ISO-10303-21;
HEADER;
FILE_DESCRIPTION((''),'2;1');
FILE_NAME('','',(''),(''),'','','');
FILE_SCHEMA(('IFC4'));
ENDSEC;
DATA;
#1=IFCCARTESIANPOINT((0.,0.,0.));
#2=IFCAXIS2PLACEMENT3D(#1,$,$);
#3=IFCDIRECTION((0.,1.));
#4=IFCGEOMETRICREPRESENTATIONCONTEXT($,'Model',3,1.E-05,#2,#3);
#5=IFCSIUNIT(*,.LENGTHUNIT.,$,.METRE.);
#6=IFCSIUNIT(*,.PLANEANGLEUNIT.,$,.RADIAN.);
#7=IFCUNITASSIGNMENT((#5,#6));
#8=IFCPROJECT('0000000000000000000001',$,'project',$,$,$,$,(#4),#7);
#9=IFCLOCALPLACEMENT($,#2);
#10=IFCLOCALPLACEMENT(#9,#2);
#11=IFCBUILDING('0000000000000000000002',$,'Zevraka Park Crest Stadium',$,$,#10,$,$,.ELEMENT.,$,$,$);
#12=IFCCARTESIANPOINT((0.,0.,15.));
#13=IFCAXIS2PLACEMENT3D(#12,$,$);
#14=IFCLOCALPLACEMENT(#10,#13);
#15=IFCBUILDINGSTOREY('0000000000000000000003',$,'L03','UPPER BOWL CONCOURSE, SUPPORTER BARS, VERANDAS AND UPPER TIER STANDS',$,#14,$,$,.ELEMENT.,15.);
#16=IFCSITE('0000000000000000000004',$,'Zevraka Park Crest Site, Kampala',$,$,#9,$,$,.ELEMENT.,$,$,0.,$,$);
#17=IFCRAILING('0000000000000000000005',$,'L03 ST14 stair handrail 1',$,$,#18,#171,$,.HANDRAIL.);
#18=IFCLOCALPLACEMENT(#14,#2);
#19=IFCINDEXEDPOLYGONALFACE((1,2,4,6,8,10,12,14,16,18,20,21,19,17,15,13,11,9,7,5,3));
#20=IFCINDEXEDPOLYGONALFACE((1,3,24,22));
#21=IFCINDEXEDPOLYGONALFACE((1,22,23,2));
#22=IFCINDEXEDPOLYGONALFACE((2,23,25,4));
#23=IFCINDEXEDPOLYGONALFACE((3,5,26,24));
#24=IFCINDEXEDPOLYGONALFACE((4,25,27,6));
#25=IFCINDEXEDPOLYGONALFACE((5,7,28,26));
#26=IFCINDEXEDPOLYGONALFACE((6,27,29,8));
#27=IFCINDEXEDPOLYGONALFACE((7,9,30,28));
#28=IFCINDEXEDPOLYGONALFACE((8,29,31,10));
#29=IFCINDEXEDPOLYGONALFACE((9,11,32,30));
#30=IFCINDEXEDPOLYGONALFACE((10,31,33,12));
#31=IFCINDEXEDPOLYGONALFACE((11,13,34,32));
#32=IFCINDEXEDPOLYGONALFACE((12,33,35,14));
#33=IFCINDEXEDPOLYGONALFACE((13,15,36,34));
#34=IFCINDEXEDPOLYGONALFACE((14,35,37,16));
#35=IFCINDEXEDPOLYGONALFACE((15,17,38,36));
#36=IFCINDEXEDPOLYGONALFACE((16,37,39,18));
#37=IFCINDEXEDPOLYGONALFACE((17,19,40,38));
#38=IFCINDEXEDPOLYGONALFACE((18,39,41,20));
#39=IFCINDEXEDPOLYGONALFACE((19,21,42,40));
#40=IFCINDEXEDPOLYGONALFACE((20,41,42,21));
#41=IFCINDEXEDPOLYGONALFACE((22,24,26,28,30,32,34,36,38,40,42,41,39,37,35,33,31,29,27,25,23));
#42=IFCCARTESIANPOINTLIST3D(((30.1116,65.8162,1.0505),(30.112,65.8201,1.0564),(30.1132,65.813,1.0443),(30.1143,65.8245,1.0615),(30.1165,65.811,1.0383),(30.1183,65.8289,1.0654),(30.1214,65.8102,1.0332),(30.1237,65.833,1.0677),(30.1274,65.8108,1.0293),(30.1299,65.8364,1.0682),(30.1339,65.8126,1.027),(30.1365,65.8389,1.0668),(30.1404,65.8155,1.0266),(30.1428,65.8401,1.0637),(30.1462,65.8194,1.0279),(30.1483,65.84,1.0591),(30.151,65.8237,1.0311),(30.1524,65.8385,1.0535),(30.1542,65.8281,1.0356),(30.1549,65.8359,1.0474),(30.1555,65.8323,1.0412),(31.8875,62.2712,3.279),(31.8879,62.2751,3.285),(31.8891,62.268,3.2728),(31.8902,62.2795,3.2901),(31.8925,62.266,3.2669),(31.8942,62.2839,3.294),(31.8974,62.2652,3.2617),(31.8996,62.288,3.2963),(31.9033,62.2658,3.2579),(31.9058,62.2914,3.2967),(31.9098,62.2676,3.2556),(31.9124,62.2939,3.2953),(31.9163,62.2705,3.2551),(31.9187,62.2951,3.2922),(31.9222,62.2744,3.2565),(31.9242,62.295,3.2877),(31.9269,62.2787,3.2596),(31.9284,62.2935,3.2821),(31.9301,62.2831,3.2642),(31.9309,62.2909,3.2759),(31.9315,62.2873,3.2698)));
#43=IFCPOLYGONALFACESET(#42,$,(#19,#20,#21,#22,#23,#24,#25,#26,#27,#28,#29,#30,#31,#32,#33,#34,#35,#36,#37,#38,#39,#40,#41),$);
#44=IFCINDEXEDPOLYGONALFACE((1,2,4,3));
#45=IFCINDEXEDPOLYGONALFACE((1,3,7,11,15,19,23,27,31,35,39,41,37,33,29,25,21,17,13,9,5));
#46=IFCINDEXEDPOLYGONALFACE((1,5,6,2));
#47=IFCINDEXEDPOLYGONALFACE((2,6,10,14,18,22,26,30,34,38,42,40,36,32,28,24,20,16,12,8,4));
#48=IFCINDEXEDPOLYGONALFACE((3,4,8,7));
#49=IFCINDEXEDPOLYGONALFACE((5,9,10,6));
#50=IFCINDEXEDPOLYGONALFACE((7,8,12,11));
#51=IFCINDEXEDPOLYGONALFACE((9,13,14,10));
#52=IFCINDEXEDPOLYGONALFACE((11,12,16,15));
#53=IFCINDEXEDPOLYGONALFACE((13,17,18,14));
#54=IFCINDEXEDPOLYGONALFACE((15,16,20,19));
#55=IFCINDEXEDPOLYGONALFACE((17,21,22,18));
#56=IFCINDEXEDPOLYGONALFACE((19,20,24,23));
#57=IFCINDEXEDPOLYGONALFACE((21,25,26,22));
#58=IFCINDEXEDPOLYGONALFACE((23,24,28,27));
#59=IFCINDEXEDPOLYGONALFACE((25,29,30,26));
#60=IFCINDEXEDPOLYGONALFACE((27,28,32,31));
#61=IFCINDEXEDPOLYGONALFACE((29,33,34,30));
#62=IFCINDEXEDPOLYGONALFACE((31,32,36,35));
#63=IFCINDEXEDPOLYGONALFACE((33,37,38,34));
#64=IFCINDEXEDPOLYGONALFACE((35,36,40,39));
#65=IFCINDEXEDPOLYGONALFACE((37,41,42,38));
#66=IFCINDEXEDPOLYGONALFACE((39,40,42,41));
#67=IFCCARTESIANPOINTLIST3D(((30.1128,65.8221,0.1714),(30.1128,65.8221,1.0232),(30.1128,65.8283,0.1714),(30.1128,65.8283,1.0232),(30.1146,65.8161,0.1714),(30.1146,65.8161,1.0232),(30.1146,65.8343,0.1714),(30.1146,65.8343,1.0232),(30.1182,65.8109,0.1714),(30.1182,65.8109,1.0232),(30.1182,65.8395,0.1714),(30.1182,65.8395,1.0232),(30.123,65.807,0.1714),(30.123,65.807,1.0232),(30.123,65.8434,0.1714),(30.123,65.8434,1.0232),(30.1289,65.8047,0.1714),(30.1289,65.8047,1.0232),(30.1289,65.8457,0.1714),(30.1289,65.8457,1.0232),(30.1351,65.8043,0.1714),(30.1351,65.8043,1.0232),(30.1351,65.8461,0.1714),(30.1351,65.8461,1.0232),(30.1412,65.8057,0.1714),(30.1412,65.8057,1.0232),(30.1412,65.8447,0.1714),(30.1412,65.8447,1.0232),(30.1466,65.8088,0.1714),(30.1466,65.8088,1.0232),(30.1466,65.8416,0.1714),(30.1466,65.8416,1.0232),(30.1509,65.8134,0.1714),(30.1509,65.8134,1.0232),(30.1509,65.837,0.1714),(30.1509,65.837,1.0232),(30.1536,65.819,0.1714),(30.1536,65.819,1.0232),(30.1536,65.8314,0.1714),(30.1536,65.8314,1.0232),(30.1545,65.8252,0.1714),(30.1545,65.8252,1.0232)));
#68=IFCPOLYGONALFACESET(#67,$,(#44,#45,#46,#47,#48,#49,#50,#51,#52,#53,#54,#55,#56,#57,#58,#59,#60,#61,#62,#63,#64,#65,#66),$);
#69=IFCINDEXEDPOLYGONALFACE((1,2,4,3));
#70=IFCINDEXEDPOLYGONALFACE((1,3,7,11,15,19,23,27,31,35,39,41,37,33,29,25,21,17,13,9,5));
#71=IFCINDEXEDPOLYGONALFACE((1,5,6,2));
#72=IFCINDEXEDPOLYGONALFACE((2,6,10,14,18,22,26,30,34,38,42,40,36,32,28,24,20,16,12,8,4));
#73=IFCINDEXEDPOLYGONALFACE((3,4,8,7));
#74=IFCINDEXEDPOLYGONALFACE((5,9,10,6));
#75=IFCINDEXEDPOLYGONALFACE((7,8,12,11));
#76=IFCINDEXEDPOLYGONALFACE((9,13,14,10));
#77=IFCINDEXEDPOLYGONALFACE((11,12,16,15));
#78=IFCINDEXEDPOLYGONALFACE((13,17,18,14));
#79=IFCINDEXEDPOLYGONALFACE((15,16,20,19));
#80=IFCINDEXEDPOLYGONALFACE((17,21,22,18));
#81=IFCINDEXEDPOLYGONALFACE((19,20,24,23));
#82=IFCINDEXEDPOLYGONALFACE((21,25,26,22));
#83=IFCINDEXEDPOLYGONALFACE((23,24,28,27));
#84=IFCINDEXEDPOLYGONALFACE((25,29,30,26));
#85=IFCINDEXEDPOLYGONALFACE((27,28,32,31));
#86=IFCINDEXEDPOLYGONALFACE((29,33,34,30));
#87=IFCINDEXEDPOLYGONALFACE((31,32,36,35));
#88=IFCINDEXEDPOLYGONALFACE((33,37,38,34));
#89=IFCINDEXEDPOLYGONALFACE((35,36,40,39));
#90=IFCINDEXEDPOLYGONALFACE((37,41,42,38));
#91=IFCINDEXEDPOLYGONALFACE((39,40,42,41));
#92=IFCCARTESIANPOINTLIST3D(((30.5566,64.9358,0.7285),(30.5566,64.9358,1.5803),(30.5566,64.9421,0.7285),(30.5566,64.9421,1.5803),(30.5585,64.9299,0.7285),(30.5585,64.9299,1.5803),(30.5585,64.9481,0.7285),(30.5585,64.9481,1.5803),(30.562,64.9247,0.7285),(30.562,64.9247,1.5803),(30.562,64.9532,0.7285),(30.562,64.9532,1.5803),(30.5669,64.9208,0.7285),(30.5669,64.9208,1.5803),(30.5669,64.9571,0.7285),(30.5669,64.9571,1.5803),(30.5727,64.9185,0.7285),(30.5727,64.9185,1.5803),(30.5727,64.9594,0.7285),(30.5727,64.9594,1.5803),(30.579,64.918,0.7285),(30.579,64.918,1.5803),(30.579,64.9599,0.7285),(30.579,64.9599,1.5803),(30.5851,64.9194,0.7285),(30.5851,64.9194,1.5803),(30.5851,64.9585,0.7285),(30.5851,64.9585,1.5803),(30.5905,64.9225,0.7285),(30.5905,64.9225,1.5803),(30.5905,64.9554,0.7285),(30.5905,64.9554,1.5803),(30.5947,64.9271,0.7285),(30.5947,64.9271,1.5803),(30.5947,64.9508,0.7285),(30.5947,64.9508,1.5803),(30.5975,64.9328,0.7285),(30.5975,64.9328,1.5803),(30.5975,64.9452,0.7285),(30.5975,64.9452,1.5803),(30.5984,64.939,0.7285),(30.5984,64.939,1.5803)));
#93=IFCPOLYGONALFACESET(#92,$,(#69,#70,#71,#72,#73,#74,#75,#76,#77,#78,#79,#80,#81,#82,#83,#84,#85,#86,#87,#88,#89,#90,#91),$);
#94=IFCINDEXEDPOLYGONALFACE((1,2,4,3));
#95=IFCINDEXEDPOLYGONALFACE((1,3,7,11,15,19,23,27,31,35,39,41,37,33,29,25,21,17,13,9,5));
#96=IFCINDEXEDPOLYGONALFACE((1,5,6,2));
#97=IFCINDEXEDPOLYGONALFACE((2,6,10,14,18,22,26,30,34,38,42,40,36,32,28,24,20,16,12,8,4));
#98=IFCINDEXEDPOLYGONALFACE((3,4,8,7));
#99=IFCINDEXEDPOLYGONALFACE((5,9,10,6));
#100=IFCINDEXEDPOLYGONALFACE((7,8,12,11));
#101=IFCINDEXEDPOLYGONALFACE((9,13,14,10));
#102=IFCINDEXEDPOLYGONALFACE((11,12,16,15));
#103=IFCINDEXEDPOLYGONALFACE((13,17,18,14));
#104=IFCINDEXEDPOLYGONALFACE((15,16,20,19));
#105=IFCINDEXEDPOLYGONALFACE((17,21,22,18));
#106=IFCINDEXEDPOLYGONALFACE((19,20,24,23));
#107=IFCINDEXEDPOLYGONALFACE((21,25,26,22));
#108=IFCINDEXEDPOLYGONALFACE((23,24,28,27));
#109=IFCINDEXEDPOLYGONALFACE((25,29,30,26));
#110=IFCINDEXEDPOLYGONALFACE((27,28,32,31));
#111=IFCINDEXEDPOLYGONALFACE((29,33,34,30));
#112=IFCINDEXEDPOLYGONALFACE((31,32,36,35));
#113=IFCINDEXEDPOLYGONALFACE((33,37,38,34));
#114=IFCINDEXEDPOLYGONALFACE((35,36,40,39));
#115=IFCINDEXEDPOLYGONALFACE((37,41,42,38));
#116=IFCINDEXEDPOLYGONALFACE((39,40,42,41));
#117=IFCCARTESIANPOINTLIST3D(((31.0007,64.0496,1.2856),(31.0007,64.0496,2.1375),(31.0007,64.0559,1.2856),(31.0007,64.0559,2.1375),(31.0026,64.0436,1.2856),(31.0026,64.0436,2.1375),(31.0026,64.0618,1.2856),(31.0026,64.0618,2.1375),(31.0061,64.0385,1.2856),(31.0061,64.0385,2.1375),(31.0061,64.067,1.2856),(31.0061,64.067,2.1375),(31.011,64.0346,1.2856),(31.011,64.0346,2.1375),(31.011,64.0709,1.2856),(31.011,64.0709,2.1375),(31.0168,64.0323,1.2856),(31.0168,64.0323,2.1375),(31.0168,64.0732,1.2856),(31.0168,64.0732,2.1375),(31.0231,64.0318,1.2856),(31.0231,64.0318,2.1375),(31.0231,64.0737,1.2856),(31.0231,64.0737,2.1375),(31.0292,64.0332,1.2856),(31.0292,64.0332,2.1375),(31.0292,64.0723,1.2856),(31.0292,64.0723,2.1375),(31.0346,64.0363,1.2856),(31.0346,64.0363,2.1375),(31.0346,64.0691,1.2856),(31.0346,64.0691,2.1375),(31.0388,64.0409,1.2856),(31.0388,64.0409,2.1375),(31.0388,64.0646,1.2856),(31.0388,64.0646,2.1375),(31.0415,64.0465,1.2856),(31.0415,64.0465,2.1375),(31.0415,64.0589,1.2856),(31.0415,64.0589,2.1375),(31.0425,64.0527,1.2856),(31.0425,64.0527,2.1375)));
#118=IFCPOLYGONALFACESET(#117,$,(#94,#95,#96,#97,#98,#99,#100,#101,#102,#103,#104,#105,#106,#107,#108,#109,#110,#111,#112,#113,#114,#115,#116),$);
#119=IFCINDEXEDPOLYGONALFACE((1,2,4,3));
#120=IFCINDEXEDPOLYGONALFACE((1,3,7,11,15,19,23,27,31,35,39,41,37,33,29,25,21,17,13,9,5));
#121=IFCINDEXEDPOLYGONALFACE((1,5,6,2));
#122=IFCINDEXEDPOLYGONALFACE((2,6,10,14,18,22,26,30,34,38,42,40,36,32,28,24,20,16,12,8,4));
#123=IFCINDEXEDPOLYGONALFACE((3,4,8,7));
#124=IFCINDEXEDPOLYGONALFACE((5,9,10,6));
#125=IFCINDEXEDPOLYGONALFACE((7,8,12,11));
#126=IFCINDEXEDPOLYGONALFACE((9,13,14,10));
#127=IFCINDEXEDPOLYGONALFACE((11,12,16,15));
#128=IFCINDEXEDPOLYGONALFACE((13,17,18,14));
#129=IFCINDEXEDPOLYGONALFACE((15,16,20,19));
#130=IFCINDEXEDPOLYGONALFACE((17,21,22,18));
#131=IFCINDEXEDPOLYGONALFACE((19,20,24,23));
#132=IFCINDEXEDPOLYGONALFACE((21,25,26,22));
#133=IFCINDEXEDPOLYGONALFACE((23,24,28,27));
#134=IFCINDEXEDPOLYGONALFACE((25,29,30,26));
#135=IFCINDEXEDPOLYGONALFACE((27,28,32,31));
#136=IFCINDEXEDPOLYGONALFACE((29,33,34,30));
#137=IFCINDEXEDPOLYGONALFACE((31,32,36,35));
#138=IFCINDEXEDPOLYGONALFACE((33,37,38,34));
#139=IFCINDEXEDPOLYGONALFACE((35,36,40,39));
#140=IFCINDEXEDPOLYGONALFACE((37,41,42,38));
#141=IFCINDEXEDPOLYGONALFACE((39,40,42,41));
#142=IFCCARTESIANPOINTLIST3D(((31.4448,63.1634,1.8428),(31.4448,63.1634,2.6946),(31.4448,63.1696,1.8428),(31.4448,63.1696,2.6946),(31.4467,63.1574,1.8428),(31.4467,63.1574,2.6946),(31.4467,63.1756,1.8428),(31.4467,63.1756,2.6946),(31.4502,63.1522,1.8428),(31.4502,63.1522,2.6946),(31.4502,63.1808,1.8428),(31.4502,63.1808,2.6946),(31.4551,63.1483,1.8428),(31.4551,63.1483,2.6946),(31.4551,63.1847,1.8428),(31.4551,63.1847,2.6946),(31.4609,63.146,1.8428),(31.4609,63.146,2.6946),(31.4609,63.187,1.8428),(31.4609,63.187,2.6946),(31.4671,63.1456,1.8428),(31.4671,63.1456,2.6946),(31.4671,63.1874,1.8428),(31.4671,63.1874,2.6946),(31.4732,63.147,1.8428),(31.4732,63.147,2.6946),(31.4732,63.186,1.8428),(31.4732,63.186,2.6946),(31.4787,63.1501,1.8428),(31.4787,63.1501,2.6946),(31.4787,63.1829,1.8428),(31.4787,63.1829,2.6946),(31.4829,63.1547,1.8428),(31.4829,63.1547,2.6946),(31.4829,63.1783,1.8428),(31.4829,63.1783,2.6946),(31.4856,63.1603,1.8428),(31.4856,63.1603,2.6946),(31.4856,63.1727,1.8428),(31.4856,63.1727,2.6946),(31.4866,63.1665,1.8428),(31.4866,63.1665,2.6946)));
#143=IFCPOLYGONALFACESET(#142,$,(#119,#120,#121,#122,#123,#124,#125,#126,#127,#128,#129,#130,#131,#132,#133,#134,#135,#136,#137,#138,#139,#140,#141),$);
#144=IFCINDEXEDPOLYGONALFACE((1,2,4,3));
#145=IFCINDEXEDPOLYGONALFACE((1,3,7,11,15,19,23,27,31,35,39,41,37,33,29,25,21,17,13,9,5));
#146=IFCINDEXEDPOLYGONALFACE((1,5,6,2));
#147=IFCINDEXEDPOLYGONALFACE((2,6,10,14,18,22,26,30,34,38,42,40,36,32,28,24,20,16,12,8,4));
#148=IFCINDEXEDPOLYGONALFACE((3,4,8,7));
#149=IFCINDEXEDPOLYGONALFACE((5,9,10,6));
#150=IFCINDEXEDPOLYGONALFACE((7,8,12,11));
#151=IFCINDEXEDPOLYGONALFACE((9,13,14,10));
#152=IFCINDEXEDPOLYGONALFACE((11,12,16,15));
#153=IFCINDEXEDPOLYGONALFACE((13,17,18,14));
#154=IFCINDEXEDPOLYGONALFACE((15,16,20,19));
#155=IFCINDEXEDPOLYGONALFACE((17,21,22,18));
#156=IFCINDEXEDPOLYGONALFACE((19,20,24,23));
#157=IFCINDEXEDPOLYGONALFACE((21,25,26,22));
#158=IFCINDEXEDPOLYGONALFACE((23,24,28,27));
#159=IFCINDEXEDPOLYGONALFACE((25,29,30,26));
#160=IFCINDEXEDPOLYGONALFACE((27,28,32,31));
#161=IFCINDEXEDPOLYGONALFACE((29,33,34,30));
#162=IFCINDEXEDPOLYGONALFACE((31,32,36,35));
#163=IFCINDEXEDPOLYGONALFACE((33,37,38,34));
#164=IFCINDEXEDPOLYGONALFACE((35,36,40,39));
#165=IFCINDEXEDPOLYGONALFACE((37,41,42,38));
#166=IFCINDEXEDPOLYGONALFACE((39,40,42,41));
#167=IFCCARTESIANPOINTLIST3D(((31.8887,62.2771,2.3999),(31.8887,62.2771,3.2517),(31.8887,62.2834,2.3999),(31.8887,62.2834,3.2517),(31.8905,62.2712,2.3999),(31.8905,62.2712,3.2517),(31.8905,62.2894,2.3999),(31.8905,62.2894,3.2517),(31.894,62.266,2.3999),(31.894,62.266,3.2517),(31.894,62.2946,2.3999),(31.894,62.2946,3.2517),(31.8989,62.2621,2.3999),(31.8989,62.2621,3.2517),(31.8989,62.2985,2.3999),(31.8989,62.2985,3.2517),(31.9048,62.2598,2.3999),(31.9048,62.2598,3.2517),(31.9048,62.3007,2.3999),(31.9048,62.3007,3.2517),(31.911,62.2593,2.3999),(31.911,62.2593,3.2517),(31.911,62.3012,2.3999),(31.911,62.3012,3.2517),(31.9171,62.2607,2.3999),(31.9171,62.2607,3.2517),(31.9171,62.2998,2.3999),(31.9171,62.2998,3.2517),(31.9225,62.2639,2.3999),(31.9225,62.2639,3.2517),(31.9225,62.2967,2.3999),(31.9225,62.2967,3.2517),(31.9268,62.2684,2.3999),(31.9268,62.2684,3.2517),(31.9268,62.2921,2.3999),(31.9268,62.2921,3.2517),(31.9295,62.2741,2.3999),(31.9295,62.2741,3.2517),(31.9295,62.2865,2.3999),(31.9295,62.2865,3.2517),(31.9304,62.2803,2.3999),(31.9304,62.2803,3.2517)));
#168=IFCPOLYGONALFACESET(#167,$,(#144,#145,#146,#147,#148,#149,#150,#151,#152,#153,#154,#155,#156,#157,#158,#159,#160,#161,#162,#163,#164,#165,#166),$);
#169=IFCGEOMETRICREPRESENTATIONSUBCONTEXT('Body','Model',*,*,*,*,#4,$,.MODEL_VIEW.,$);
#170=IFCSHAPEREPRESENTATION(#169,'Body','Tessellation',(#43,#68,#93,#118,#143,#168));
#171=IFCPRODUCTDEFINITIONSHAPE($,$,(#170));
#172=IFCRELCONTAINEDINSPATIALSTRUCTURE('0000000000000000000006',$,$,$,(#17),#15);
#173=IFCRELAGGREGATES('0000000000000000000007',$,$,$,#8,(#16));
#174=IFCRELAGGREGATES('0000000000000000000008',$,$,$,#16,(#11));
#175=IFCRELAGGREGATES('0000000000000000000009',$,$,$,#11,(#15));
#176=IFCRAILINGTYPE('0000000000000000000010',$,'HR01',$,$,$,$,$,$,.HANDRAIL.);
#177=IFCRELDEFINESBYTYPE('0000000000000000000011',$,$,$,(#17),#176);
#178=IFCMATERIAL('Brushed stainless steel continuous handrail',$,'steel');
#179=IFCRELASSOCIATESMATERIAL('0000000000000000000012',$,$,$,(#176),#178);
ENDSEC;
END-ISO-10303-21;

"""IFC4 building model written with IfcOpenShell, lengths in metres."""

from ifc_helpers import new_model, si_unit, direction, frame, origin, origin_2d, place, context, subcontext, project, spatial, circle, extrude, material, type_object, element, save


model = new_model("IFC4")

# Units and contexts
model_context = context("Model", 3, precision=1e-05, world=origin(), true_north=direction((0.0, 1.0)))
body_context = subcontext(model_context, "Body", "Model", "MODEL_VIEW")
ifc_project = project(units=[si_unit("LENGTHUNIT", "METRE"), si_unit("PLANEANGLEUNIT", "RADIAN")], contexts=[model_context])

# Site, building, storey
site_placement = place(None, origin())
site = spatial("IfcSite", under=ifc_project, at=site_placement, Name="Zevraka Park Crest Site, Kampala", CompositionType="ELEMENT", RefElevation=0.0)
building_placement = place(site_placement, origin())
building = spatial("IfcBuilding", under=site, at=building_placement, Name="Zevraka Park Crest Stadium", CompositionType="ELEMENT")
storey_placement = place(building_placement, frame((0.0, 0.0, 15.0)))
storey = spatial("IfcBuildingStorey", under=building, at=storey_placement, Name="L03", Description="UPPER BOWL CONCOURSE, SUPPORTER BARS, VERANDAS AND UPPER TIER STANDS", CompositionType="ELEMENT", Elevation=15.0)

# Railing
ifc_material_1 = material(Name="Brushed stainless steel continuous handrail", Category="steel")
railing_type_1 = type_object("IfcRailingType", Name="HR01", PredefinedType="HANDRAIL", material=ifc_material_1)
railing_1_placement = place(storey_placement, frame((30.1335, 65.8252, 0.1714)))
element("IfcRailing", 1, at=railing_1_placement, inside=storey, type_object=railing_type_1, Name="L03 ST14 stair handrail 1", PredefinedType="HANDRAIL", context=body_context, shape_type="SweptSolid", body=[
    extrude(circle(Radius=0.0239, at=origin_2d()), frame((0.0, 0.0, 0.876), z_axis=(0.390454, -0.779405, 0.489973), x_axis=(0.894082, 0.447903, 0.0)), (0.0, 0.0, 1.0), 4.5483),
    extrude(circle(Radius=0.021, at=origin_2d()), origin(), (0.0, 0.0, 1.0), 0.8518),
    extrude(circle(Radius=0.021, at=origin_2d()), frame((0.4438, -0.8862, 0.5571)), (0.0, 0.0, 1.0), 0.8518),
    extrude(circle(Radius=0.021, at=origin_2d()), frame((0.8879, -1.7725, 1.1143)), (0.0, 0.0, 1.0), 0.8518),
    extrude(circle(Radius=0.021, at=origin_2d()), frame((1.332, -2.6587, 1.6714)), (0.0, 0.0, 1.0), 0.8518),
    extrude(circle(Radius=0.021, at=origin_2d()), frame((1.7759, -3.5449, 2.2285)), (0.0, 0.0, 1.0), 0.8518),
])

save(model, "model.ifc")
